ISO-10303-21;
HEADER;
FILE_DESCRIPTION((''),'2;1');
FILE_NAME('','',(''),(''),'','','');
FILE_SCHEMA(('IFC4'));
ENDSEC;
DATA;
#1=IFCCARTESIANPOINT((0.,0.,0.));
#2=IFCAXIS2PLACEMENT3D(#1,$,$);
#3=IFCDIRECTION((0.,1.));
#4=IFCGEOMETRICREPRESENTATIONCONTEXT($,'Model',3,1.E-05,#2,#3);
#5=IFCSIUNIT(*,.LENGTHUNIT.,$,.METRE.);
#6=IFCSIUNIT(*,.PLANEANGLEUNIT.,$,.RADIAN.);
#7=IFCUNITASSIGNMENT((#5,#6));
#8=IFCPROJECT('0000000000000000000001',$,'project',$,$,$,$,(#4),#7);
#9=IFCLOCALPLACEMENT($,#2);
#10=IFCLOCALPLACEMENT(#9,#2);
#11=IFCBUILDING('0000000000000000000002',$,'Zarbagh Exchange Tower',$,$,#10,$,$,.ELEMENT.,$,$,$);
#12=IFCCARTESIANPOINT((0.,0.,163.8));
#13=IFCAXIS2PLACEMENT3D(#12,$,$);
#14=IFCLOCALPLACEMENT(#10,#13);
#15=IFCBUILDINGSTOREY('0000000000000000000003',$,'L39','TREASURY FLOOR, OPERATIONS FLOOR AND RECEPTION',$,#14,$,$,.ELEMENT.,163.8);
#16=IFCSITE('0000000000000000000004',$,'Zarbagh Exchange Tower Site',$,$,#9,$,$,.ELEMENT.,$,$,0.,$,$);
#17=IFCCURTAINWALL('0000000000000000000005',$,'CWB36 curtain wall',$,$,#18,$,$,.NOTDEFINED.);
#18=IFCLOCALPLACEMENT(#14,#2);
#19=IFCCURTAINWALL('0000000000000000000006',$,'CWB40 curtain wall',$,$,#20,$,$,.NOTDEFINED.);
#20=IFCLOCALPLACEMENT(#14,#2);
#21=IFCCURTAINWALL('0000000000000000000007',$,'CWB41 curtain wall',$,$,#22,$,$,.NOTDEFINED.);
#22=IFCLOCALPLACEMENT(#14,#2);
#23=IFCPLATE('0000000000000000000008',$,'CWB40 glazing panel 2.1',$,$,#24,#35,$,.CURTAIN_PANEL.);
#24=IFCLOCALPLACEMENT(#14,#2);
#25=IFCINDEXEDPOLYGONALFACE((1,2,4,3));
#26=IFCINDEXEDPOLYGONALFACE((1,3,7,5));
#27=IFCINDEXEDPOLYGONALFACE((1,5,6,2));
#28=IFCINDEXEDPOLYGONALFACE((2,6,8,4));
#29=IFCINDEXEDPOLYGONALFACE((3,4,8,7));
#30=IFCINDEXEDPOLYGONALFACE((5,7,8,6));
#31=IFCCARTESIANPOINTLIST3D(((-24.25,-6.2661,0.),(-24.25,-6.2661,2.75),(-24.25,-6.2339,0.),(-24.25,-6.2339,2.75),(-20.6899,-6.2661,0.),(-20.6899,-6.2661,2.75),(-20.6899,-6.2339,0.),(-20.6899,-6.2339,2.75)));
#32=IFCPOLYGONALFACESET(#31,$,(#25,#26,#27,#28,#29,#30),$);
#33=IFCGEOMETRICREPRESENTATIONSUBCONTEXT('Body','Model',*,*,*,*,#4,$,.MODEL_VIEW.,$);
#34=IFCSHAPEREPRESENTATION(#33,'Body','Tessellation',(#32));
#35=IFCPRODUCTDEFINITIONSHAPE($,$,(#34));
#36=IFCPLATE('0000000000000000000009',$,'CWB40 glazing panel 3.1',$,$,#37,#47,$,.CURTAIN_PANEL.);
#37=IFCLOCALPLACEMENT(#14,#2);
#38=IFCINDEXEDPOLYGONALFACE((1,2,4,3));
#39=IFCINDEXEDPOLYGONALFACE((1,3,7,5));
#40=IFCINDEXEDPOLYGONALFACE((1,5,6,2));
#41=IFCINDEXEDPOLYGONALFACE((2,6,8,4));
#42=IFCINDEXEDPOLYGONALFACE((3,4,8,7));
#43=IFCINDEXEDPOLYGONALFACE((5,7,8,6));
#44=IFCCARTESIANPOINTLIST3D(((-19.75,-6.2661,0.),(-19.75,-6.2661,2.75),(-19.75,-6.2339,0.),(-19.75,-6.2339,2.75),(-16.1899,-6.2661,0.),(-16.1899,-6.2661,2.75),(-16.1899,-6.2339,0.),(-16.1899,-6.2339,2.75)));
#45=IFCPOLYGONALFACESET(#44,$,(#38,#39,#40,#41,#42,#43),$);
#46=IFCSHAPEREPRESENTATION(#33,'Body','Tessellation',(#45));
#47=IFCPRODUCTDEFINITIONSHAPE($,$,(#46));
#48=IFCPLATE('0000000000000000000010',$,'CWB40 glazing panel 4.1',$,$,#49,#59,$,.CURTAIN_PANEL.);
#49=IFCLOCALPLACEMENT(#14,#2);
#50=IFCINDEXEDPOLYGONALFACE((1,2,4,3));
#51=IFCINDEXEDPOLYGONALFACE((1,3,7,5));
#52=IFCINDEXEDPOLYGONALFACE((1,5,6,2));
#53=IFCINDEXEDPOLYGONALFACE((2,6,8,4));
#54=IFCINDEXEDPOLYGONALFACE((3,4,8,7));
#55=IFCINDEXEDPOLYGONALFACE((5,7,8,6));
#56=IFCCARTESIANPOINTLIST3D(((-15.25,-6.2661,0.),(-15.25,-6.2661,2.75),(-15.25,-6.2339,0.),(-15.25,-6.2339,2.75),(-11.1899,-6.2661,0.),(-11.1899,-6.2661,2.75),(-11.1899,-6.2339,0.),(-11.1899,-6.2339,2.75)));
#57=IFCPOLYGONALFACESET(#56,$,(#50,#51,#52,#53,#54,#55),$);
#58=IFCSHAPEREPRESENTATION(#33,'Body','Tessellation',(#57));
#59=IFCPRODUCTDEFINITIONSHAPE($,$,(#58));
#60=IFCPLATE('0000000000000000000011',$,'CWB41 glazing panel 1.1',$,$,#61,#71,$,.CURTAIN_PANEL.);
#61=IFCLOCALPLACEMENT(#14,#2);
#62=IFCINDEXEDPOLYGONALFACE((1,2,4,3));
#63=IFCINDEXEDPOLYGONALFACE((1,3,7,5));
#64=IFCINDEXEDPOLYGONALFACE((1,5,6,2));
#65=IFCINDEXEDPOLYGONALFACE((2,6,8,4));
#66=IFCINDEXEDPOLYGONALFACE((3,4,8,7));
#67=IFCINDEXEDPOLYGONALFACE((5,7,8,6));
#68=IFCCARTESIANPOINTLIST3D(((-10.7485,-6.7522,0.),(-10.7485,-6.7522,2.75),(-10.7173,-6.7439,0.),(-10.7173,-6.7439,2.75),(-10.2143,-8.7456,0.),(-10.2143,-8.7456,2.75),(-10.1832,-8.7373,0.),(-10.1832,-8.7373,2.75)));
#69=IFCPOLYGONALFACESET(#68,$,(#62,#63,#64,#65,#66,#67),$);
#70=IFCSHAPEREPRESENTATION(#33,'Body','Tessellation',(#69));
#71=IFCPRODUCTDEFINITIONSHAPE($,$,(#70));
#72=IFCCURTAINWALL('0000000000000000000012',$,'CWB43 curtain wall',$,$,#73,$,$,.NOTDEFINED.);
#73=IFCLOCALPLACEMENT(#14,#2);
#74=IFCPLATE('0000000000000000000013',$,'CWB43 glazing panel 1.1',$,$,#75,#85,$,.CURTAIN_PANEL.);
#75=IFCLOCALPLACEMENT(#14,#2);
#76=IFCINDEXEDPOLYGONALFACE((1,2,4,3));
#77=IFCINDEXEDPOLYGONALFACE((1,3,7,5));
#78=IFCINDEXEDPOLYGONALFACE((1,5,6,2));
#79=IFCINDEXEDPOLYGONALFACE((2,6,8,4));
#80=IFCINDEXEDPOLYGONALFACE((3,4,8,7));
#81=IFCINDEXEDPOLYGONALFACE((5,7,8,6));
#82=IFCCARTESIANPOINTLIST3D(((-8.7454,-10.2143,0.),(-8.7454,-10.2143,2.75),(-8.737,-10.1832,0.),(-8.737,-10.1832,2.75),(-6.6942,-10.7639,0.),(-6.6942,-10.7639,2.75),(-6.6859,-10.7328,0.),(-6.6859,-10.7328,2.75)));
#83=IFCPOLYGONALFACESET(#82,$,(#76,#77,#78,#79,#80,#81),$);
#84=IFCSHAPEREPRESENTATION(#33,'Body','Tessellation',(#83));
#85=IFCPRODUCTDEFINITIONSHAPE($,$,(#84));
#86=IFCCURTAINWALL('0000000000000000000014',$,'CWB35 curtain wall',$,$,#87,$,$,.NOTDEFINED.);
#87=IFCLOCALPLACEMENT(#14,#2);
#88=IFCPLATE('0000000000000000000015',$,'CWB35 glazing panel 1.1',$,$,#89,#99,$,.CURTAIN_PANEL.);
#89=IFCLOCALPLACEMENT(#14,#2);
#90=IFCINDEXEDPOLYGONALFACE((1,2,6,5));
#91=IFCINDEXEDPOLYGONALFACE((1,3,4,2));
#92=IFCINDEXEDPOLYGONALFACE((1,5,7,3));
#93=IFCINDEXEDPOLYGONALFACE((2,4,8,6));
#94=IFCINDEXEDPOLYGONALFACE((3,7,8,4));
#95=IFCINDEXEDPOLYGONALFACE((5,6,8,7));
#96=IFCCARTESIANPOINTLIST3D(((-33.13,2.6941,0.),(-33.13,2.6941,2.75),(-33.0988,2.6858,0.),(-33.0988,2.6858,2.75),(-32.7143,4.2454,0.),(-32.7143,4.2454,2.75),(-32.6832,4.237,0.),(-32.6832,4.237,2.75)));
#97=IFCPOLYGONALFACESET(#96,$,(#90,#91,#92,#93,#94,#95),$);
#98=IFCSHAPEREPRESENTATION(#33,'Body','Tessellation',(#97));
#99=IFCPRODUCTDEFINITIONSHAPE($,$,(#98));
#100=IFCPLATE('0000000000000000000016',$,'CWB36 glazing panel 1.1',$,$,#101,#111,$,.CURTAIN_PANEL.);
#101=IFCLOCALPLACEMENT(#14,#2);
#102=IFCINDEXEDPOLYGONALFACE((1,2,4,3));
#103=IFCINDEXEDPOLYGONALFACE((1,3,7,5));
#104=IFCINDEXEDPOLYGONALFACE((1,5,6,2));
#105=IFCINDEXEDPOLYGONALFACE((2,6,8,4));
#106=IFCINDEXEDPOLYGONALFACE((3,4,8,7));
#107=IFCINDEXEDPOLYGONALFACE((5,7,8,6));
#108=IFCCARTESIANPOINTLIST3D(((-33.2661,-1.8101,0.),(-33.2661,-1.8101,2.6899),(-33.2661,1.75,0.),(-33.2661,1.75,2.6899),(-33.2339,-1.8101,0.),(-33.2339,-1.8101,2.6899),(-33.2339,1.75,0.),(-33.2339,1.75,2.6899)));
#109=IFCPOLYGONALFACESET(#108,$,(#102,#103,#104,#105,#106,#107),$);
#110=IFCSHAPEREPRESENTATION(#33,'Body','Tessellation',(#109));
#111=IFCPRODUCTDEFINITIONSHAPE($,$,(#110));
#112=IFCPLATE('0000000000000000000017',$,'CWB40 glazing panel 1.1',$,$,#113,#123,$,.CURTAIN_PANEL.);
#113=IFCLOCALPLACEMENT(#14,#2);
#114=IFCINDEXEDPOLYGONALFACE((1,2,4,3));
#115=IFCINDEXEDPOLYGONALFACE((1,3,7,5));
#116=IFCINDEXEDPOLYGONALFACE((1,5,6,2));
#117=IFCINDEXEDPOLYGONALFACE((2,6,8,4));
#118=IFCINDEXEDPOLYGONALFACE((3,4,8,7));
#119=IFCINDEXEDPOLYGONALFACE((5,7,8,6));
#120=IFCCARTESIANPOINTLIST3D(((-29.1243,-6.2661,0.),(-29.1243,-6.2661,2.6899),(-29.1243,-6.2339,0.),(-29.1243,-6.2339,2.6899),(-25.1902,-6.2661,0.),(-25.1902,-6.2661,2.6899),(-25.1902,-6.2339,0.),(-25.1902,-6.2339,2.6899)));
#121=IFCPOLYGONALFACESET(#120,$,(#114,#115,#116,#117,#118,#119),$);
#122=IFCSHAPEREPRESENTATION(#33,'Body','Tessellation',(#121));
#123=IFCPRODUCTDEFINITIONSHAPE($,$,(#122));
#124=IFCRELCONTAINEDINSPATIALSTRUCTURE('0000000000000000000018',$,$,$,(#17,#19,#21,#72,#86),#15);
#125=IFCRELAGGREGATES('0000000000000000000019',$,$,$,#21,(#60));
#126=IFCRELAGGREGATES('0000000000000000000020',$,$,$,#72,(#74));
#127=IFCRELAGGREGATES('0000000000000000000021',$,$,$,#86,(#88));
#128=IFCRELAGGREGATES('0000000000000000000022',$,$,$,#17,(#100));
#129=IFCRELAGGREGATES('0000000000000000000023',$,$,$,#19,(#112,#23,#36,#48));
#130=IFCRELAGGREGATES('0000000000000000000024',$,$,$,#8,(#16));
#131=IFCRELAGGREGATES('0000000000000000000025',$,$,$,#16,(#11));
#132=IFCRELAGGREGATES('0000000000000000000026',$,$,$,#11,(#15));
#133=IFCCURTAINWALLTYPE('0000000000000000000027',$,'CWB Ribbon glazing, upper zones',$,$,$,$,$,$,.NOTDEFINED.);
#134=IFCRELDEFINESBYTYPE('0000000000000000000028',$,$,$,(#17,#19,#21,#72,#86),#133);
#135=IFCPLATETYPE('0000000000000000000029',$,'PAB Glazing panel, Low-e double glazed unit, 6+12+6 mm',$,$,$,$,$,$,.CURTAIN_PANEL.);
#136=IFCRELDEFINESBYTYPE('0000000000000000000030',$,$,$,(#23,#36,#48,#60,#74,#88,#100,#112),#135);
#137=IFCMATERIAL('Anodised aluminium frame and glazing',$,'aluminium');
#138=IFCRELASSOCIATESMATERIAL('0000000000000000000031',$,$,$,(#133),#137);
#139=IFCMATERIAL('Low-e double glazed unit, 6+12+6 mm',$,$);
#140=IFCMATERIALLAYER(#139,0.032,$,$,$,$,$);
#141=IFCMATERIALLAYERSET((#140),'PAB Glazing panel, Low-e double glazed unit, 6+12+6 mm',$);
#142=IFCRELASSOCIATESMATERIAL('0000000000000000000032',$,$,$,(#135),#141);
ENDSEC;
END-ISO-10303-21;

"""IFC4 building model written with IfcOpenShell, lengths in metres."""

from ifc_helpers import new_model, si_unit, direction, frame, origin, place, context, subcontext, project, spatial, polyline, outline, extrude, source, transform, mapped, material, layer, layer_set, type_object, element, aggregate, save


model = new_model("IFC4")

# Units and contexts
model_context = context("Model", 3, precision=1e-05, world=origin(), true_north=direction((0.0, 1.0)))
body_context = subcontext(model_context, "Body", "Model", "MODEL_VIEW")
ifc_project = project(units=[si_unit("LENGTHUNIT", "METRE"), si_unit("PLANEANGLEUNIT", "RADIAN")], contexts=[model_context])

# Site, building, storey
site_placement = place(None, origin())
site = spatial("IfcSite", under=ifc_project, at=site_placement, Name="Zarbagh Exchange Tower Site", CompositionType="ELEMENT", RefElevation=0.0)
building_placement = place(site_placement, origin())
building = spatial("IfcBuilding", under=site, at=building_placement, Name="Zarbagh Exchange Tower", CompositionType="ELEMENT")
storey_placement = place(building_placement, frame((0.0, 0.0, 163.8)))
storey = spatial("IfcBuildingStorey", under=building, at=storey_placement, Name="L39", Description="TREASURY FLOOR, OPERATIONS FLOOR AND RECEPTION", CompositionType="ELEMENT", Elevation=163.8)

# Curtain wall
ifc_material_1 = material(Name="Anodised aluminium frame and glazing", Category="aluminium")
curtain_wall_type = type_object("IfcCurtainWallType", Name="CWB Ribbon glazing, upper zones", PredefinedType="NOTDEFINED", material=ifc_material_1)
curtain_wall_1_placement = place(storey_placement, origin())
curtain_wall_1 = element("IfcCurtainWall", 1, at=curtain_wall_1_placement, inside=storey, type_object=curtain_wall_type, Name="CWB36 curtain wall", PredefinedType="NOTDEFINED")
placement = place(storey_placement, origin())

# Curtain wall
curtain_wall_2_placement = place(storey_placement, origin())
curtain_wall_2 = element("IfcCurtainWall", 2, at=curtain_wall_2_placement, inside=storey, type_object=curtain_wall_type, Name="CWB40 curtain wall", PredefinedType="NOTDEFINED")

# Curtain wall
curtain_wall_3_placement = place(storey_placement, origin())
curtain_wall_3 = element("IfcCurtainWall", 3, at=curtain_wall_3_placement, inside=storey, type_object=curtain_wall_type, Name="CWB41 curtain wall", PredefinedType="NOTDEFINED")

# Shared definitions
ifc_material_2 = material(Name="Low-e double glazed unit, 6+12+6 mm")
ifc_layer = layer(ifc_material_2, 0.032)
ifc_layer_set = layer_set([ifc_layer], Name="PAB Glazing panel, Low-e double glazed unit, 6+12+6 mm")
plate_type = type_object("IfcPlateType", Name="PAB Glazing panel, Low-e double glazed unit, 6+12+6 mm", PredefinedType="CURTAIN_PANEL", material=ifc_layer_set)

# Plates
shared_shape_1 = source(origin(), body_context, "Body", "SweptSolid", [
    extrude(outline(polyline([(0.0, -0.0161), (3.5601, -0.0161), (3.5601, 0.0161), (0.0, 0.0161), (0.0, -0.0161)])), origin(), (0.0, 0.0, 1.0), 2.75),
])
plate_1 = element("IfcPlate", 4, at=placement, type_object=plate_type, Name="CWB40 glazing panel 2.1", PredefinedType="CURTAIN_PANEL", context=body_context, shape_type="MappedRepresentation", body=[
    mapped(shared_shape_1, transform((-24.25, -6.25, 0.0), x_axis=(1.0, 0.0, 0.0), y_axis=(0.0, 1.0, 0.0), z_axis=(0.0, 0.0, 1.0))),
])
plate_2 = element("IfcPlate", 5, at=placement, type_object=plate_type, Name="CWB40 glazing panel 3.1", PredefinedType="CURTAIN_PANEL", context=body_context, shape_type="MappedRepresentation", body=[
    mapped(shared_shape_1, transform((-19.75, -6.25, 0.0), x_axis=(1.0, 0.0, 0.0), y_axis=(0.0, 1.0, 0.0), z_axis=(0.0, 0.0, 1.0))),
])
shared_shape_2 = source(origin(), body_context, "Body", "SweptSolid", [
    extrude(outline(polyline([(0.0, -0.0161), (4.0601, -0.0161), (4.0601, 0.0161), (0.0, 0.0161), (0.0, -0.0161)])), origin(), (0.0, 0.0, 1.0), 2.75),
])
plate_3 = element("IfcPlate", 6, at=placement, type_object=plate_type, Name="CWB40 glazing panel 4.1", PredefinedType="CURTAIN_PANEL", context=body_context, shape_type="MappedRepresentation", body=[
    mapped(shared_shape_2, transform((-15.25, -6.25, 0.0), x_axis=(1.0, 0.0, 0.0), y_axis=(0.0, 1.0, 0.0), z_axis=(0.0, 0.0, 1.0))),
])
shared_shape_3 = source(origin(), body_context, "Body", "SweptSolid", [
    extrude(outline(polyline([(0.0, -0.0161), (2.0637, -0.0161), (2.0637, 0.0161), (0.0, 0.0161), (0.0, -0.0161)])), origin(), (0.0, 0.0, 1.0), 2.75),
])
plate_4 = element("IfcPlate", 7, at=placement, type_object=plate_type, Name="CWB41 glazing panel 1.1", PredefinedType="CURTAIN_PANEL", context=body_context, shape_type="MappedRepresentation", body=[
    mapped(shared_shape_3, transform((-10.7329, -6.748, 0.0), x_axis=(0.258825, -0.965924, 0.0), y_axis=(0.965924, 0.258825, 0.0), z_axis=(0.0, 0.0, 1.0))),
])
aggregate(curtain_wall_3, [plate_4])

# Curtain walls, plates
curtain_wall_4_placement = place(storey_placement, origin())
curtain_wall_4 = element("IfcCurtainWall", 8, at=curtain_wall_4_placement, inside=storey, type_object=curtain_wall_type, Name="CWB43 curtain wall", PredefinedType="NOTDEFINED")
shared_shape_4 = source(origin(), body_context, "Body", "SweptSolid", [
    extrude(outline(polyline([(0.0, -0.0161), (2.1235, -0.0161), (2.1235, 0.0161), (0.0, 0.0161), (0.0, -0.0161)])), origin(), (0.0, 0.0, 1.0), 2.75),
])
plate_5 = element("IfcPlate", 9, at=placement, type_object=plate_type, Name="CWB43 glazing panel 1.1", PredefinedType="CURTAIN_PANEL", context=body_context, shape_type="MappedRepresentation", body=[
    mapped(shared_shape_4, transform((-8.7412, -10.1987, 0.0), x_axis=(0.965924, -0.258825, 0.0), y_axis=(0.258825, 0.965924, 0.0), z_axis=(0.0, 0.0, 1.0))),
])
aggregate(curtain_wall_4, [plate_5])
curtain_wall_5_placement = place(storey_placement, origin())
curtain_wall_5 = element("IfcCurtainWall", 10, at=curtain_wall_5_placement, inside=storey, type_object=curtain_wall_type, Name="CWB35 curtain wall", PredefinedType="NOTDEFINED")
shared_shape_5 = source(origin(), body_context, "Body", "SweptSolid", [
    extrude(outline(polyline([(0.0, -0.0161), (1.606, -0.0161), (1.606, 0.0161), (0.0, 0.0161), (0.0, -0.0161)])), origin(), (0.0, 0.0, 1.0), 2.75),
])
plate_6 = element("IfcPlate", 11, at=placement, type_object=plate_type, Name="CWB35 glazing panel 1.1", PredefinedType="CURTAIN_PANEL", context=body_context, shape_type="MappedRepresentation", body=[
    mapped(shared_shape_5, transform((-32.6987, 4.2412, 0.0), x_axis=(-0.258825, -0.965924, 0.0), y_axis=(0.965924, -0.258825, 0.0), z_axis=(0.0, 0.0, 1.0))),
])
aggregate(curtain_wall_5, [plate_6])

# Plates
shared_shape_6 = source(origin(), body_context, "Body", "SweptSolid", [
    extrude(outline(polyline([(0.0, -0.0161), (3.5601, -0.0161), (3.5601, 0.0161), (0.0, 0.0161), (0.0, -0.0161)])), origin(), (0.0, 0.0, 1.0), 2.6899),
])
plate_7 = element("IfcPlate", 12, at=placement, type_object=plate_type, Name="CWB36 glazing panel 1.1", PredefinedType="CURTAIN_PANEL", context=body_context, shape_type="MappedRepresentation", body=[
    mapped(shared_shape_6, transform((-33.25, 1.75, 0.0), x_axis=(0.0, -1.0, 0.0), y_axis=(1.0, 0.0, 0.0), z_axis=(0.0, 0.0, 1.0))),
])
aggregate(curtain_wall_1, [plate_7])
shared_shape_7 = source(origin(), body_context, "Body", "SweptSolid", [
    extrude(outline(polyline([(0.0, -0.0161), (3.9341, -0.0161), (3.9341, 0.0161), (0.0, 0.0161), (0.0, -0.0161)])), origin(), (0.0, 0.0, 1.0), 2.6899),
])
plate_8 = element("IfcPlate", 13, at=placement, type_object=plate_type, Name="CWB40 glazing panel 1.1", PredefinedType="CURTAIN_PANEL", context=body_context, shape_type="MappedRepresentation", body=[
    mapped(shared_shape_7, transform((-29.1243, -6.25, 0.0), x_axis=(1.0, 0.0, 0.0), y_axis=(0.0, 1.0, 0.0), z_axis=(0.0, 0.0, 1.0))),
])
aggregate(curtain_wall_2, [plate_8, plate_1, plate_2, plate_3])

save(model, "model.ifc")
